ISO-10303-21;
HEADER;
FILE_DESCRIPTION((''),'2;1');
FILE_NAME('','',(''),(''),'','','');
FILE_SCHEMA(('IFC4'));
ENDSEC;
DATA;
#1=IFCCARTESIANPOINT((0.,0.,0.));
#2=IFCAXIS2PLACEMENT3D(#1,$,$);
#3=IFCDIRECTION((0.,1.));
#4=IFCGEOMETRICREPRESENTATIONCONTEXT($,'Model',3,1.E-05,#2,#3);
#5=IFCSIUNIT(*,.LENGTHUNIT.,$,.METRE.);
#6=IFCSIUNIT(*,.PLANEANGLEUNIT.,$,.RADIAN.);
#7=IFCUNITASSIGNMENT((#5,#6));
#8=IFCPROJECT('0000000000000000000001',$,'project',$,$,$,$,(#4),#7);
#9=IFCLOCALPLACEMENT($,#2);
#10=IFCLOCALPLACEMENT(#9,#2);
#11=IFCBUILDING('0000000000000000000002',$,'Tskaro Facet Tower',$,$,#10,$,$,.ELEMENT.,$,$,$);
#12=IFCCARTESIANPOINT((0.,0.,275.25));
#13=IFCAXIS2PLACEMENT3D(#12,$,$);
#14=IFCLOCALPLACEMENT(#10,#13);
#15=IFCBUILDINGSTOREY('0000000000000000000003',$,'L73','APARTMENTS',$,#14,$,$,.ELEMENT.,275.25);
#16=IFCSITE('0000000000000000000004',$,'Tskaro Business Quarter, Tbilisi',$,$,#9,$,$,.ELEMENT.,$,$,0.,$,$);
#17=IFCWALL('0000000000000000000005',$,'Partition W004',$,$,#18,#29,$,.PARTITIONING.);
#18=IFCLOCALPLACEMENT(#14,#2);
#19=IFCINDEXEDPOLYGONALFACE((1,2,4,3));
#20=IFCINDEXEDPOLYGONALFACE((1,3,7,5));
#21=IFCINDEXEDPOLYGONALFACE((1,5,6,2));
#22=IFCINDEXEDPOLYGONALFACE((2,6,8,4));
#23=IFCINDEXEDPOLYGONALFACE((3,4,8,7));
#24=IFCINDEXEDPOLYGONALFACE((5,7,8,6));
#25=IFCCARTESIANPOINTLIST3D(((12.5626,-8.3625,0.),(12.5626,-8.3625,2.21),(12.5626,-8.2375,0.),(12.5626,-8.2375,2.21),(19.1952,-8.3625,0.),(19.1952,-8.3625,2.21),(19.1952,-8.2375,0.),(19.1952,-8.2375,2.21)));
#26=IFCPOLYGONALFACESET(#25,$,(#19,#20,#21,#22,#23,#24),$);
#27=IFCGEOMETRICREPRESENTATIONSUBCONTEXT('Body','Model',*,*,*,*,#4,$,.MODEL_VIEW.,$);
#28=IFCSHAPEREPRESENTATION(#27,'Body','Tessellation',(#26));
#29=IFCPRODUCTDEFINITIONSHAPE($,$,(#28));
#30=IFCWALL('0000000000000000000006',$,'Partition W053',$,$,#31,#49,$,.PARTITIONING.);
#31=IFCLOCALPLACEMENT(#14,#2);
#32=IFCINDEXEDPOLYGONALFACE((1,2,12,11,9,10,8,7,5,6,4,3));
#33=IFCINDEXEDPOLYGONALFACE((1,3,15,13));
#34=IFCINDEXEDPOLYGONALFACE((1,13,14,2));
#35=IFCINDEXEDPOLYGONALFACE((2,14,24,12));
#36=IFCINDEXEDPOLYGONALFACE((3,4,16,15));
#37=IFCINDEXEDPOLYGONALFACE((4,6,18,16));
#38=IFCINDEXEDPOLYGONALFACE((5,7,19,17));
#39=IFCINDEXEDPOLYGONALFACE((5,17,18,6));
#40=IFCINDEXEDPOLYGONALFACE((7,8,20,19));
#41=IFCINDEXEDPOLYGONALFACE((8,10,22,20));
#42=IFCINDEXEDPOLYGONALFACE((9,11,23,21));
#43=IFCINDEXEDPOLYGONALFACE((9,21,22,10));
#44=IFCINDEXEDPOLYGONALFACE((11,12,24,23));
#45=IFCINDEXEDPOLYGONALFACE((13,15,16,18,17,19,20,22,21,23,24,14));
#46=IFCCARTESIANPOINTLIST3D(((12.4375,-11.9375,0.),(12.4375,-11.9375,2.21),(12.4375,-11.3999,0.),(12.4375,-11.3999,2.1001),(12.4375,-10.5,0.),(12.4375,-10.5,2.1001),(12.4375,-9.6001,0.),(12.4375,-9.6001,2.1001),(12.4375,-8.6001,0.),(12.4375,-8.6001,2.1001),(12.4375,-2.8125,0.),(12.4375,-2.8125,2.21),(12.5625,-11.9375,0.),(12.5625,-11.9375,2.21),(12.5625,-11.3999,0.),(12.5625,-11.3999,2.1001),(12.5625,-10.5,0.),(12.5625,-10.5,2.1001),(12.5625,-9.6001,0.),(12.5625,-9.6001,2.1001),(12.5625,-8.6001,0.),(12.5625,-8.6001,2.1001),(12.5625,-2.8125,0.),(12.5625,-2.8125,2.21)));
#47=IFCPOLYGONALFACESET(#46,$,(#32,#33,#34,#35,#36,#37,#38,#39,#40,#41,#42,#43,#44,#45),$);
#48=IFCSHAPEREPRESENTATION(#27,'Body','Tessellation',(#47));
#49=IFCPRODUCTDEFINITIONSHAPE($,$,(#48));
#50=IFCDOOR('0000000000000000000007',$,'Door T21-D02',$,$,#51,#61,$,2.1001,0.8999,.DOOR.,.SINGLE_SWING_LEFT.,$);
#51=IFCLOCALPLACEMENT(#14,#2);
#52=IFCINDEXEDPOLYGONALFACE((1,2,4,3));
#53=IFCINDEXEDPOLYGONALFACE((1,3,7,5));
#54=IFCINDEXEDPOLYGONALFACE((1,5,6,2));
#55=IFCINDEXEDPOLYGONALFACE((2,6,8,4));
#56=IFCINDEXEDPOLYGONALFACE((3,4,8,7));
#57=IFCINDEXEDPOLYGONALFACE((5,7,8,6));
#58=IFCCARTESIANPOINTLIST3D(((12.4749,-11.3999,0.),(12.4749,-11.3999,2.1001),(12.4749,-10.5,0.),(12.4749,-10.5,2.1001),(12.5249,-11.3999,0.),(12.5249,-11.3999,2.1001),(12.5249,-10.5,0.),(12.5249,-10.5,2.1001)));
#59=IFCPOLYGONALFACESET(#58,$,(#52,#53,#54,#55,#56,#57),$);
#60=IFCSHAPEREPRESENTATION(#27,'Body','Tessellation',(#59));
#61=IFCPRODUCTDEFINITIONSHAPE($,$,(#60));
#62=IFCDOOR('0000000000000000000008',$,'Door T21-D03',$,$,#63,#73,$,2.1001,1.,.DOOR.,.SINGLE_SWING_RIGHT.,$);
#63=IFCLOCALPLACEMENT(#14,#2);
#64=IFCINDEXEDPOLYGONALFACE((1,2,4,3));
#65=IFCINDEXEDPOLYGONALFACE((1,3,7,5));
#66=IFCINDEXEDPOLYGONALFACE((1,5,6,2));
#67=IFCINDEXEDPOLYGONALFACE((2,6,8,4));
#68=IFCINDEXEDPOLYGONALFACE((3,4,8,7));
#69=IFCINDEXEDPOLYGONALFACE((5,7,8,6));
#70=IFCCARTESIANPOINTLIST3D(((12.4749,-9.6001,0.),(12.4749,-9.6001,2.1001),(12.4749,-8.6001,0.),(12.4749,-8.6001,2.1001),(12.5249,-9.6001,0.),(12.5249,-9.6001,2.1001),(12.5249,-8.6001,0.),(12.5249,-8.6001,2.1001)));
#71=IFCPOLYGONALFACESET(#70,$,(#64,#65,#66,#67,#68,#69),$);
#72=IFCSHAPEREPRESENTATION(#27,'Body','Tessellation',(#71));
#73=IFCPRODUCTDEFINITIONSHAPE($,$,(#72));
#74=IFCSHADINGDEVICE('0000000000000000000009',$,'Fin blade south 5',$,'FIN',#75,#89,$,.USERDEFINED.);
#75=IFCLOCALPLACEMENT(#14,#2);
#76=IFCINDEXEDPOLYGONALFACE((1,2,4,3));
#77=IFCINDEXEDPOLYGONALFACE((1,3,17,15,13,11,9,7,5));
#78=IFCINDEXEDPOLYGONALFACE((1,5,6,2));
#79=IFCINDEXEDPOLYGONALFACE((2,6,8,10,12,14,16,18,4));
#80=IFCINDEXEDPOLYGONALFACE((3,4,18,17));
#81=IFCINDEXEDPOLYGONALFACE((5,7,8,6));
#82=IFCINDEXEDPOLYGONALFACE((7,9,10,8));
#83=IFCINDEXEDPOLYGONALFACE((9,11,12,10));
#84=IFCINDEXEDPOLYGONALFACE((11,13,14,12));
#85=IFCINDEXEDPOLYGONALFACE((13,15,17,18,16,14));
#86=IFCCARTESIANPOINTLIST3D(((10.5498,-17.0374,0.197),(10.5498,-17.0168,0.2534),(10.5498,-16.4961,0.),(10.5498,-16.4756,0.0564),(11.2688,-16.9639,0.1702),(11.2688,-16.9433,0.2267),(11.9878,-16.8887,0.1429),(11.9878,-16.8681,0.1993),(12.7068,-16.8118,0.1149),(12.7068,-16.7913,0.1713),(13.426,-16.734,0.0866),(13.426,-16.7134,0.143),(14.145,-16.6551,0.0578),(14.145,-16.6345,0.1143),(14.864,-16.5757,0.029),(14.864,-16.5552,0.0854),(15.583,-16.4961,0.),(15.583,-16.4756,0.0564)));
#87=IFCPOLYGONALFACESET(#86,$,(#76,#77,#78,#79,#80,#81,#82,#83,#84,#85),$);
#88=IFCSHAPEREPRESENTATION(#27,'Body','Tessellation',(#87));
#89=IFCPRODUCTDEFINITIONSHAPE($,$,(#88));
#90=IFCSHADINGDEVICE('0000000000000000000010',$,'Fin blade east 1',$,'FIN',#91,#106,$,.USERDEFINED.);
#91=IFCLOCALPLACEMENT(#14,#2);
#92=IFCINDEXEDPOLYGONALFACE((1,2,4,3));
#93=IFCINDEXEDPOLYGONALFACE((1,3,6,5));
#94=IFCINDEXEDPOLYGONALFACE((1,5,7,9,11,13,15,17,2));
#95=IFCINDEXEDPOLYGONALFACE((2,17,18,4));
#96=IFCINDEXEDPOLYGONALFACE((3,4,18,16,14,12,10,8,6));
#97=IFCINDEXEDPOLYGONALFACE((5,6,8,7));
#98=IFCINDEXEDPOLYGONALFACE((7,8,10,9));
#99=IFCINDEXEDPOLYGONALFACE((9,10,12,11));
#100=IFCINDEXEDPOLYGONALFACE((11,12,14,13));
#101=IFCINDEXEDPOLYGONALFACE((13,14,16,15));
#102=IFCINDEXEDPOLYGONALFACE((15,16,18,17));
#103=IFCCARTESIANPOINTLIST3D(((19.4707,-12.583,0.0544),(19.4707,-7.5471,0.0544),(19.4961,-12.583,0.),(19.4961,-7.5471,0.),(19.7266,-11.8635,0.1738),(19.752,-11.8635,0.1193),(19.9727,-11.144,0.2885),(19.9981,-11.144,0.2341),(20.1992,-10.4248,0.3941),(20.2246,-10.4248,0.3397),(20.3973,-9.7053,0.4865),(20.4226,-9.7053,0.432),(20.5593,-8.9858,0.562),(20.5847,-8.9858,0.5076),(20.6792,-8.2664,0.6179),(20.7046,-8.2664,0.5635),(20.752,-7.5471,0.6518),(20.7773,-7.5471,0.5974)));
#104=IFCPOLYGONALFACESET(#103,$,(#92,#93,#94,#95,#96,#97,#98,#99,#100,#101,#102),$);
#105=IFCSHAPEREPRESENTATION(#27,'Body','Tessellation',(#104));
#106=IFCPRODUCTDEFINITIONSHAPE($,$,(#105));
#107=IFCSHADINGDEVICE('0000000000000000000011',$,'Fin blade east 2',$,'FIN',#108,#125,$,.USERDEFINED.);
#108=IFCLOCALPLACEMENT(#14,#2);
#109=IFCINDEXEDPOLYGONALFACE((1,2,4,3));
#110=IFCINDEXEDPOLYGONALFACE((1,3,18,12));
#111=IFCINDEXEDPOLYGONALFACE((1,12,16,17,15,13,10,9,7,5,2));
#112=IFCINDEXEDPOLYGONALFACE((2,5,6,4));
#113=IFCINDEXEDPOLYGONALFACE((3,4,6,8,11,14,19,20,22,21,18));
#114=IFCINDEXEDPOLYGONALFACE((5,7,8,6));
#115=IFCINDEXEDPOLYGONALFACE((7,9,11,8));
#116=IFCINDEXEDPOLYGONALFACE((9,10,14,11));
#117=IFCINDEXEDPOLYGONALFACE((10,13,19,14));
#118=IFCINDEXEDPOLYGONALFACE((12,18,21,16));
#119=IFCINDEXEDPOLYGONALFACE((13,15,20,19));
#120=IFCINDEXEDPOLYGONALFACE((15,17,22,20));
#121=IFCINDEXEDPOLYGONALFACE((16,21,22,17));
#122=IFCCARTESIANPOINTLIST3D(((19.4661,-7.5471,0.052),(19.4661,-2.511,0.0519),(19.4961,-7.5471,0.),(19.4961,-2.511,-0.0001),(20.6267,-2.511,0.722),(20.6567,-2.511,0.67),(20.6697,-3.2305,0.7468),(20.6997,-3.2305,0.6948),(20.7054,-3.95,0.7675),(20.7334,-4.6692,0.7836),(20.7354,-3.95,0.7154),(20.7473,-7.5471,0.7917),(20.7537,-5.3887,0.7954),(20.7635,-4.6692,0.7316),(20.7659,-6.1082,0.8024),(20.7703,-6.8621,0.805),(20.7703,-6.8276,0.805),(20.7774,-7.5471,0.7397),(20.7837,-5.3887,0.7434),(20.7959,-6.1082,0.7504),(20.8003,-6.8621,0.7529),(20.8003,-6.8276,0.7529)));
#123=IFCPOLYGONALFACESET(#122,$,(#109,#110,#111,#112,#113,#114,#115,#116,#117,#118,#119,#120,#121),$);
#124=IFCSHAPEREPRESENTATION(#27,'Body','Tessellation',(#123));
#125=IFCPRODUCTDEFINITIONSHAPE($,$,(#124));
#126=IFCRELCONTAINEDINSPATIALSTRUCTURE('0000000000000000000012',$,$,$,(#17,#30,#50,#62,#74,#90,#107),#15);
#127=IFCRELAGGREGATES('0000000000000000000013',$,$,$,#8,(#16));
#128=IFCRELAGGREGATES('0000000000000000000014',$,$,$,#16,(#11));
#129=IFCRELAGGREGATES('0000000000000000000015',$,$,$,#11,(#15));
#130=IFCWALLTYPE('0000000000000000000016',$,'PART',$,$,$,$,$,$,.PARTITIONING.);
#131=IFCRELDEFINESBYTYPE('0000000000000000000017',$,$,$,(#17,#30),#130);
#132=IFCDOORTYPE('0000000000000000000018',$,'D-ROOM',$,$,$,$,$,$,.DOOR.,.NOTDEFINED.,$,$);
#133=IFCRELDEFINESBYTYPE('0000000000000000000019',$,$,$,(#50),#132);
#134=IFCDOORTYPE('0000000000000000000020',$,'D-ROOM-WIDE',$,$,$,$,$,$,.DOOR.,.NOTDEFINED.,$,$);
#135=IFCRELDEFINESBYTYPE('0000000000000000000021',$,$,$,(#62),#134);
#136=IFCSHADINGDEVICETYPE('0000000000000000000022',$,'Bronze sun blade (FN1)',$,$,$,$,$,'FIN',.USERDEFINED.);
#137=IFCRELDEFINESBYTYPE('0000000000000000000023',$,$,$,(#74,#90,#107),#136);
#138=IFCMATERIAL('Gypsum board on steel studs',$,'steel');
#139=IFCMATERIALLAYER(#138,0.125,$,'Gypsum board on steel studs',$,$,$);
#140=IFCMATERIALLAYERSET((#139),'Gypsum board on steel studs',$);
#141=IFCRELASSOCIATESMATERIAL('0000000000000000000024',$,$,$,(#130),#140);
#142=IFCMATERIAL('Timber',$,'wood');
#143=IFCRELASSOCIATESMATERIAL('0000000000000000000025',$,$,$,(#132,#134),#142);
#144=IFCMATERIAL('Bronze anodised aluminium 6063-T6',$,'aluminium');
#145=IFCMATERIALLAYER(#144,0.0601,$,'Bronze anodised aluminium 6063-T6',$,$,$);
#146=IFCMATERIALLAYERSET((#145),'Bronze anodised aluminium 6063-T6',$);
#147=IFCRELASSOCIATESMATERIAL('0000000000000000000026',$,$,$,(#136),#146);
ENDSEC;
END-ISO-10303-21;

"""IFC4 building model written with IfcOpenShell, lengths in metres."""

from ifc_helpers import new_model, si_unit, direction, frame, frame_2d, origin, place, context, subcontext, project, spatial, polyline, rectangle, outline, extrude, material, layer, layer_set, type_object, element, fill, save


model = new_model("IFC4")

# Units and contexts
model_context = context("Model", 3, precision=1e-05, world=origin(), true_north=direction((0.0, 1.0)))
body_context = subcontext(model_context, "Body", "Model", "MODEL_VIEW")
ifc_project = project(units=[si_unit("LENGTHUNIT", "METRE"), si_unit("PLANEANGLEUNIT", "RADIAN")], contexts=[model_context])

# Site, building, storey
site_placement = place(None, origin())
site = spatial("IfcSite", under=ifc_project, at=site_placement, Name="Tskaro Business Quarter, Tbilisi", CompositionType="ELEMENT", RefElevation=0.0)
building_placement = place(site_placement, origin())
building = spatial("IfcBuilding", under=site, at=building_placement, Name="Tskaro Facet Tower", CompositionType="ELEMENT")
storey_placement = place(building_placement, frame((0.0, 0.0, 275.25)))
storey = spatial("IfcBuildingStorey", under=building, at=storey_placement, Name="L73", Description="APARTMENTS", CompositionType="ELEMENT", Elevation=275.25)

# Shared definitions
ifc_material_1 = material(Name="Bronze anodised aluminium 6063-T6", Category="aluminium")

# Wall
ifc_material_2 = material(Name="Gypsum board on steel studs", Category="steel")
ifc_layer_1 = layer(ifc_material_2, 0.125, Name="Gypsum board on steel studs")
ifc_layer_set_1 = layer_set([ifc_layer_1], Name="Gypsum board on steel studs")
wall_type_1 = type_object("IfcWallType", Name="PART", PredefinedType="PARTITIONING", material=ifc_layer_set_1)
wall_1_placement = place(storey_placement, frame((12.5625, -8.3, 0.0), z_axis=(0.0, 0.0, 1.0), x_axis=(1.0, 0.0, 0.0)))
element("IfcWall", 1, at=wall_1_placement, inside=storey, type_object=wall_type_1, Name="Partition W004", PredefinedType="PARTITIONING", context=body_context, shape_type="SweptSolid", body=[
    extrude(rectangle(XDim=6.6326, YDim=0.125, at=frame_2d((3.3164, 0.0))), origin(), (0.0, 0.0, 1.0), 2.21),
])

# Wall, openings, doors
wall_2_placement = place(storey_placement, frame((12.5, -2.8125, 0.0), z_axis=(0.0, 0.0, 1.0), x_axis=(0.0, -1.0, 0.0)))
wall_2 = element("IfcWall", 2, at=wall_2_placement, inside=storey, type_object=wall_type_1, Name="Partition W053", PredefinedType="PARTITIONING", context=body_context, shape_type="SweptSolid", body=[
    extrude(rectangle(XDim=9.125, YDim=0.125, at=frame_2d((4.5625, 0.0))), origin(), (0.0, 0.0, 1.0), 2.21),
])
opening_1_placement = place(wall_2_placement, frame((5.7876, 0.0, 0.0)))
opening_1 = element("IfcOpeningElement", 3, at=opening_1_placement, cuts=wall_2, PredefinedType="OPENING", context=body_context, shape_type="SweptSolid", body=[
    extrude(rectangle(XDim=1.0, YDim=2.1001, at=frame_2d((0.5, 1.05))), frame((0.0, 0.0725, 0.0), z_axis=(0.0, -1.0, 0.0), x_axis=(1.0, 0.0, 0.0)), (0.0, 0.0, 1.0), 0.145),
])
opening_2_placement = place(wall_2_placement, frame((7.6875, 0.0, 0.0)))
opening_2 = element("IfcOpeningElement", 4, at=opening_2_placement, cuts=wall_2, PredefinedType="OPENING", context=body_context, shape_type="SweptSolid", body=[
    extrude(rectangle(XDim=0.8999, YDim=2.1001, at=frame_2d((0.45, 1.05))), frame((0.0, 0.0725, 0.0), z_axis=(0.0, -1.0, 0.0), x_axis=(1.0, 0.0, 0.0)), (0.0, 0.0, 1.0), 0.145),
])
ifc_material_3 = material(Name="Timber", Category="wood")
door_type_1 = type_object("IfcDoorType", Name="D-ROOM", OperationType="NOTDEFINED", PredefinedType="DOOR", material=ifc_material_3)
door_1_placement = place(opening_2_placement, origin())
door_1 = element("IfcDoor", 5, at=door_1_placement, inside=storey, type_object=door_type_1, Name="Door T21-D02", OperationType="SINGLE_SWING_LEFT", OverallHeight=2.1001, OverallWidth=0.8999, PredefinedType="DOOR", context=body_context, shape_type="SweptSolid", body=[
    extrude(rectangle(XDim=0.8999, YDim=2.1001, at=frame_2d((0.45, 1.05))), frame((0.0, 0.0249, 0.0), z_axis=(0.0, -1.0, 0.0), x_axis=(1.0, 0.0, 0.0)), (0.0, 0.0, 1.0), 0.05),
])
fill(opening_2, door_1)
door_type_2 = type_object("IfcDoorType", Name="D-ROOM-WIDE", OperationType="NOTDEFINED", PredefinedType="DOOR", material=ifc_material_3)
door_2_placement = place(opening_1_placement, origin())
door_2 = element("IfcDoor", 6, at=door_2_placement, inside=storey, type_object=door_type_2, Name="Door T21-D03", OperationType="SINGLE_SWING_RIGHT", OverallHeight=2.1001, OverallWidth=1.0, PredefinedType="DOOR", context=body_context, shape_type="SweptSolid", body=[
    extrude(rectangle(XDim=1.0, YDim=2.1001, at=frame_2d((0.5, 1.05))), frame((0.0, 0.0249, 0.0), z_axis=(0.0, -1.0, 0.0), x_axis=(1.0, 0.0, 0.0)), (0.0, 0.0, 1.0), 0.05),
])
fill(opening_1, door_2)

# Shading devices
ifc_layer_2 = layer(ifc_material_1, 0.0601, Name="Bronze anodised aluminium 6063-T6")
ifc_layer_set_2 = layer_set([ifc_layer_2], Name="Bronze anodised aluminium 6063-T6")
shading_device_type = type_object("IfcShadingDeviceType", Name="Bronze sun blade (FN1)", ElementType="FIN", PredefinedType="USERDEFINED", material=ifc_layer_set_2)
shading_device_1_placement = place(storey_placement, frame((10.5498, -16.4756, 0.0564), z_axis=(-0.000006, 0.342093, 0.939666), x_axis=(1.0, 0.000002, 0.000005)))
element("IfcShadingDevice", 7, at=shading_device_1_placement, inside=storey, type_object=shading_device_type, Name="Fin blade south 5", ObjectType="FIN", PredefinedType="USERDEFINED", context=body_context, shape_type="SweptSolid", body=[
    extrude(outline(polyline([(0.0, 0.0), (5.0332, 0.0), (4.3142, -0.0847), (3.5952, -0.1691), (2.8762, -0.2531), (2.157, -0.336), (1.438, -0.4178), (0.719, -0.4978), (0.0, -0.576), (0.0, 0.0)])), origin(), (0.0, 0.0, -1.0), 0.0601),
])
shading_device_2_placement = place(storey_placement, frame((19.4707, -12.583, 0.0544), z_axis=(-0.422615, 0.000009, 0.906309), x_axis=(0.000004, 1.0, -0.000008)))
element("IfcShadingDevice", 8, at=shading_device_2_placement, inside=storey, type_object=shading_device_type, Name="Fin blade east 1", ObjectType="FIN", PredefinedType="USERDEFINED", context=body_context, shape_type="SweptSolid", body=[
    extrude(outline(polyline([(0.0, 0.0), (5.0359, 0.0), (5.0359, -1.4137), (4.3167, -1.3334), (3.5972, -1.2011), (2.8777, -1.0223), (2.1582, -0.8038), (1.439, -0.5539), (0.7195, -0.2823), (0.0, 0.0)])), origin(), (0.0, 0.0, -1.0), 0.0601),
])
shading_device_3_placement = place(storey_placement, frame((19.4661, -7.5471, 0.052), z_axis=(-0.499995, 0.000016, 0.866028), x_axis=(0.000008, 1.0, -0.000014)))
element("IfcShadingDevice", 9, at=shading_device_3_placement, inside=storey, type_object=shading_device_type, Name="Fin blade east 2", ObjectType="FIN", PredefinedType="USERDEFINED", context=body_context, shape_type="SweptSolid", body=[
    extrude(outline(polyline([(0.0, 0.0), (5.0361, 0.0), (5.0361, -1.3401), (4.3167, -1.3898), (3.5972, -1.431), (2.8779, -1.4634), (2.1584, -1.4868), (1.439, -1.5009), (0.7195, -1.5059), (0.6851, -1.5059), (0.0, -1.4795), (0.0, 0.0)])), origin(), (0.0, 0.0, -1.0), 0.0601),
])

save(model, "model.ifc")
